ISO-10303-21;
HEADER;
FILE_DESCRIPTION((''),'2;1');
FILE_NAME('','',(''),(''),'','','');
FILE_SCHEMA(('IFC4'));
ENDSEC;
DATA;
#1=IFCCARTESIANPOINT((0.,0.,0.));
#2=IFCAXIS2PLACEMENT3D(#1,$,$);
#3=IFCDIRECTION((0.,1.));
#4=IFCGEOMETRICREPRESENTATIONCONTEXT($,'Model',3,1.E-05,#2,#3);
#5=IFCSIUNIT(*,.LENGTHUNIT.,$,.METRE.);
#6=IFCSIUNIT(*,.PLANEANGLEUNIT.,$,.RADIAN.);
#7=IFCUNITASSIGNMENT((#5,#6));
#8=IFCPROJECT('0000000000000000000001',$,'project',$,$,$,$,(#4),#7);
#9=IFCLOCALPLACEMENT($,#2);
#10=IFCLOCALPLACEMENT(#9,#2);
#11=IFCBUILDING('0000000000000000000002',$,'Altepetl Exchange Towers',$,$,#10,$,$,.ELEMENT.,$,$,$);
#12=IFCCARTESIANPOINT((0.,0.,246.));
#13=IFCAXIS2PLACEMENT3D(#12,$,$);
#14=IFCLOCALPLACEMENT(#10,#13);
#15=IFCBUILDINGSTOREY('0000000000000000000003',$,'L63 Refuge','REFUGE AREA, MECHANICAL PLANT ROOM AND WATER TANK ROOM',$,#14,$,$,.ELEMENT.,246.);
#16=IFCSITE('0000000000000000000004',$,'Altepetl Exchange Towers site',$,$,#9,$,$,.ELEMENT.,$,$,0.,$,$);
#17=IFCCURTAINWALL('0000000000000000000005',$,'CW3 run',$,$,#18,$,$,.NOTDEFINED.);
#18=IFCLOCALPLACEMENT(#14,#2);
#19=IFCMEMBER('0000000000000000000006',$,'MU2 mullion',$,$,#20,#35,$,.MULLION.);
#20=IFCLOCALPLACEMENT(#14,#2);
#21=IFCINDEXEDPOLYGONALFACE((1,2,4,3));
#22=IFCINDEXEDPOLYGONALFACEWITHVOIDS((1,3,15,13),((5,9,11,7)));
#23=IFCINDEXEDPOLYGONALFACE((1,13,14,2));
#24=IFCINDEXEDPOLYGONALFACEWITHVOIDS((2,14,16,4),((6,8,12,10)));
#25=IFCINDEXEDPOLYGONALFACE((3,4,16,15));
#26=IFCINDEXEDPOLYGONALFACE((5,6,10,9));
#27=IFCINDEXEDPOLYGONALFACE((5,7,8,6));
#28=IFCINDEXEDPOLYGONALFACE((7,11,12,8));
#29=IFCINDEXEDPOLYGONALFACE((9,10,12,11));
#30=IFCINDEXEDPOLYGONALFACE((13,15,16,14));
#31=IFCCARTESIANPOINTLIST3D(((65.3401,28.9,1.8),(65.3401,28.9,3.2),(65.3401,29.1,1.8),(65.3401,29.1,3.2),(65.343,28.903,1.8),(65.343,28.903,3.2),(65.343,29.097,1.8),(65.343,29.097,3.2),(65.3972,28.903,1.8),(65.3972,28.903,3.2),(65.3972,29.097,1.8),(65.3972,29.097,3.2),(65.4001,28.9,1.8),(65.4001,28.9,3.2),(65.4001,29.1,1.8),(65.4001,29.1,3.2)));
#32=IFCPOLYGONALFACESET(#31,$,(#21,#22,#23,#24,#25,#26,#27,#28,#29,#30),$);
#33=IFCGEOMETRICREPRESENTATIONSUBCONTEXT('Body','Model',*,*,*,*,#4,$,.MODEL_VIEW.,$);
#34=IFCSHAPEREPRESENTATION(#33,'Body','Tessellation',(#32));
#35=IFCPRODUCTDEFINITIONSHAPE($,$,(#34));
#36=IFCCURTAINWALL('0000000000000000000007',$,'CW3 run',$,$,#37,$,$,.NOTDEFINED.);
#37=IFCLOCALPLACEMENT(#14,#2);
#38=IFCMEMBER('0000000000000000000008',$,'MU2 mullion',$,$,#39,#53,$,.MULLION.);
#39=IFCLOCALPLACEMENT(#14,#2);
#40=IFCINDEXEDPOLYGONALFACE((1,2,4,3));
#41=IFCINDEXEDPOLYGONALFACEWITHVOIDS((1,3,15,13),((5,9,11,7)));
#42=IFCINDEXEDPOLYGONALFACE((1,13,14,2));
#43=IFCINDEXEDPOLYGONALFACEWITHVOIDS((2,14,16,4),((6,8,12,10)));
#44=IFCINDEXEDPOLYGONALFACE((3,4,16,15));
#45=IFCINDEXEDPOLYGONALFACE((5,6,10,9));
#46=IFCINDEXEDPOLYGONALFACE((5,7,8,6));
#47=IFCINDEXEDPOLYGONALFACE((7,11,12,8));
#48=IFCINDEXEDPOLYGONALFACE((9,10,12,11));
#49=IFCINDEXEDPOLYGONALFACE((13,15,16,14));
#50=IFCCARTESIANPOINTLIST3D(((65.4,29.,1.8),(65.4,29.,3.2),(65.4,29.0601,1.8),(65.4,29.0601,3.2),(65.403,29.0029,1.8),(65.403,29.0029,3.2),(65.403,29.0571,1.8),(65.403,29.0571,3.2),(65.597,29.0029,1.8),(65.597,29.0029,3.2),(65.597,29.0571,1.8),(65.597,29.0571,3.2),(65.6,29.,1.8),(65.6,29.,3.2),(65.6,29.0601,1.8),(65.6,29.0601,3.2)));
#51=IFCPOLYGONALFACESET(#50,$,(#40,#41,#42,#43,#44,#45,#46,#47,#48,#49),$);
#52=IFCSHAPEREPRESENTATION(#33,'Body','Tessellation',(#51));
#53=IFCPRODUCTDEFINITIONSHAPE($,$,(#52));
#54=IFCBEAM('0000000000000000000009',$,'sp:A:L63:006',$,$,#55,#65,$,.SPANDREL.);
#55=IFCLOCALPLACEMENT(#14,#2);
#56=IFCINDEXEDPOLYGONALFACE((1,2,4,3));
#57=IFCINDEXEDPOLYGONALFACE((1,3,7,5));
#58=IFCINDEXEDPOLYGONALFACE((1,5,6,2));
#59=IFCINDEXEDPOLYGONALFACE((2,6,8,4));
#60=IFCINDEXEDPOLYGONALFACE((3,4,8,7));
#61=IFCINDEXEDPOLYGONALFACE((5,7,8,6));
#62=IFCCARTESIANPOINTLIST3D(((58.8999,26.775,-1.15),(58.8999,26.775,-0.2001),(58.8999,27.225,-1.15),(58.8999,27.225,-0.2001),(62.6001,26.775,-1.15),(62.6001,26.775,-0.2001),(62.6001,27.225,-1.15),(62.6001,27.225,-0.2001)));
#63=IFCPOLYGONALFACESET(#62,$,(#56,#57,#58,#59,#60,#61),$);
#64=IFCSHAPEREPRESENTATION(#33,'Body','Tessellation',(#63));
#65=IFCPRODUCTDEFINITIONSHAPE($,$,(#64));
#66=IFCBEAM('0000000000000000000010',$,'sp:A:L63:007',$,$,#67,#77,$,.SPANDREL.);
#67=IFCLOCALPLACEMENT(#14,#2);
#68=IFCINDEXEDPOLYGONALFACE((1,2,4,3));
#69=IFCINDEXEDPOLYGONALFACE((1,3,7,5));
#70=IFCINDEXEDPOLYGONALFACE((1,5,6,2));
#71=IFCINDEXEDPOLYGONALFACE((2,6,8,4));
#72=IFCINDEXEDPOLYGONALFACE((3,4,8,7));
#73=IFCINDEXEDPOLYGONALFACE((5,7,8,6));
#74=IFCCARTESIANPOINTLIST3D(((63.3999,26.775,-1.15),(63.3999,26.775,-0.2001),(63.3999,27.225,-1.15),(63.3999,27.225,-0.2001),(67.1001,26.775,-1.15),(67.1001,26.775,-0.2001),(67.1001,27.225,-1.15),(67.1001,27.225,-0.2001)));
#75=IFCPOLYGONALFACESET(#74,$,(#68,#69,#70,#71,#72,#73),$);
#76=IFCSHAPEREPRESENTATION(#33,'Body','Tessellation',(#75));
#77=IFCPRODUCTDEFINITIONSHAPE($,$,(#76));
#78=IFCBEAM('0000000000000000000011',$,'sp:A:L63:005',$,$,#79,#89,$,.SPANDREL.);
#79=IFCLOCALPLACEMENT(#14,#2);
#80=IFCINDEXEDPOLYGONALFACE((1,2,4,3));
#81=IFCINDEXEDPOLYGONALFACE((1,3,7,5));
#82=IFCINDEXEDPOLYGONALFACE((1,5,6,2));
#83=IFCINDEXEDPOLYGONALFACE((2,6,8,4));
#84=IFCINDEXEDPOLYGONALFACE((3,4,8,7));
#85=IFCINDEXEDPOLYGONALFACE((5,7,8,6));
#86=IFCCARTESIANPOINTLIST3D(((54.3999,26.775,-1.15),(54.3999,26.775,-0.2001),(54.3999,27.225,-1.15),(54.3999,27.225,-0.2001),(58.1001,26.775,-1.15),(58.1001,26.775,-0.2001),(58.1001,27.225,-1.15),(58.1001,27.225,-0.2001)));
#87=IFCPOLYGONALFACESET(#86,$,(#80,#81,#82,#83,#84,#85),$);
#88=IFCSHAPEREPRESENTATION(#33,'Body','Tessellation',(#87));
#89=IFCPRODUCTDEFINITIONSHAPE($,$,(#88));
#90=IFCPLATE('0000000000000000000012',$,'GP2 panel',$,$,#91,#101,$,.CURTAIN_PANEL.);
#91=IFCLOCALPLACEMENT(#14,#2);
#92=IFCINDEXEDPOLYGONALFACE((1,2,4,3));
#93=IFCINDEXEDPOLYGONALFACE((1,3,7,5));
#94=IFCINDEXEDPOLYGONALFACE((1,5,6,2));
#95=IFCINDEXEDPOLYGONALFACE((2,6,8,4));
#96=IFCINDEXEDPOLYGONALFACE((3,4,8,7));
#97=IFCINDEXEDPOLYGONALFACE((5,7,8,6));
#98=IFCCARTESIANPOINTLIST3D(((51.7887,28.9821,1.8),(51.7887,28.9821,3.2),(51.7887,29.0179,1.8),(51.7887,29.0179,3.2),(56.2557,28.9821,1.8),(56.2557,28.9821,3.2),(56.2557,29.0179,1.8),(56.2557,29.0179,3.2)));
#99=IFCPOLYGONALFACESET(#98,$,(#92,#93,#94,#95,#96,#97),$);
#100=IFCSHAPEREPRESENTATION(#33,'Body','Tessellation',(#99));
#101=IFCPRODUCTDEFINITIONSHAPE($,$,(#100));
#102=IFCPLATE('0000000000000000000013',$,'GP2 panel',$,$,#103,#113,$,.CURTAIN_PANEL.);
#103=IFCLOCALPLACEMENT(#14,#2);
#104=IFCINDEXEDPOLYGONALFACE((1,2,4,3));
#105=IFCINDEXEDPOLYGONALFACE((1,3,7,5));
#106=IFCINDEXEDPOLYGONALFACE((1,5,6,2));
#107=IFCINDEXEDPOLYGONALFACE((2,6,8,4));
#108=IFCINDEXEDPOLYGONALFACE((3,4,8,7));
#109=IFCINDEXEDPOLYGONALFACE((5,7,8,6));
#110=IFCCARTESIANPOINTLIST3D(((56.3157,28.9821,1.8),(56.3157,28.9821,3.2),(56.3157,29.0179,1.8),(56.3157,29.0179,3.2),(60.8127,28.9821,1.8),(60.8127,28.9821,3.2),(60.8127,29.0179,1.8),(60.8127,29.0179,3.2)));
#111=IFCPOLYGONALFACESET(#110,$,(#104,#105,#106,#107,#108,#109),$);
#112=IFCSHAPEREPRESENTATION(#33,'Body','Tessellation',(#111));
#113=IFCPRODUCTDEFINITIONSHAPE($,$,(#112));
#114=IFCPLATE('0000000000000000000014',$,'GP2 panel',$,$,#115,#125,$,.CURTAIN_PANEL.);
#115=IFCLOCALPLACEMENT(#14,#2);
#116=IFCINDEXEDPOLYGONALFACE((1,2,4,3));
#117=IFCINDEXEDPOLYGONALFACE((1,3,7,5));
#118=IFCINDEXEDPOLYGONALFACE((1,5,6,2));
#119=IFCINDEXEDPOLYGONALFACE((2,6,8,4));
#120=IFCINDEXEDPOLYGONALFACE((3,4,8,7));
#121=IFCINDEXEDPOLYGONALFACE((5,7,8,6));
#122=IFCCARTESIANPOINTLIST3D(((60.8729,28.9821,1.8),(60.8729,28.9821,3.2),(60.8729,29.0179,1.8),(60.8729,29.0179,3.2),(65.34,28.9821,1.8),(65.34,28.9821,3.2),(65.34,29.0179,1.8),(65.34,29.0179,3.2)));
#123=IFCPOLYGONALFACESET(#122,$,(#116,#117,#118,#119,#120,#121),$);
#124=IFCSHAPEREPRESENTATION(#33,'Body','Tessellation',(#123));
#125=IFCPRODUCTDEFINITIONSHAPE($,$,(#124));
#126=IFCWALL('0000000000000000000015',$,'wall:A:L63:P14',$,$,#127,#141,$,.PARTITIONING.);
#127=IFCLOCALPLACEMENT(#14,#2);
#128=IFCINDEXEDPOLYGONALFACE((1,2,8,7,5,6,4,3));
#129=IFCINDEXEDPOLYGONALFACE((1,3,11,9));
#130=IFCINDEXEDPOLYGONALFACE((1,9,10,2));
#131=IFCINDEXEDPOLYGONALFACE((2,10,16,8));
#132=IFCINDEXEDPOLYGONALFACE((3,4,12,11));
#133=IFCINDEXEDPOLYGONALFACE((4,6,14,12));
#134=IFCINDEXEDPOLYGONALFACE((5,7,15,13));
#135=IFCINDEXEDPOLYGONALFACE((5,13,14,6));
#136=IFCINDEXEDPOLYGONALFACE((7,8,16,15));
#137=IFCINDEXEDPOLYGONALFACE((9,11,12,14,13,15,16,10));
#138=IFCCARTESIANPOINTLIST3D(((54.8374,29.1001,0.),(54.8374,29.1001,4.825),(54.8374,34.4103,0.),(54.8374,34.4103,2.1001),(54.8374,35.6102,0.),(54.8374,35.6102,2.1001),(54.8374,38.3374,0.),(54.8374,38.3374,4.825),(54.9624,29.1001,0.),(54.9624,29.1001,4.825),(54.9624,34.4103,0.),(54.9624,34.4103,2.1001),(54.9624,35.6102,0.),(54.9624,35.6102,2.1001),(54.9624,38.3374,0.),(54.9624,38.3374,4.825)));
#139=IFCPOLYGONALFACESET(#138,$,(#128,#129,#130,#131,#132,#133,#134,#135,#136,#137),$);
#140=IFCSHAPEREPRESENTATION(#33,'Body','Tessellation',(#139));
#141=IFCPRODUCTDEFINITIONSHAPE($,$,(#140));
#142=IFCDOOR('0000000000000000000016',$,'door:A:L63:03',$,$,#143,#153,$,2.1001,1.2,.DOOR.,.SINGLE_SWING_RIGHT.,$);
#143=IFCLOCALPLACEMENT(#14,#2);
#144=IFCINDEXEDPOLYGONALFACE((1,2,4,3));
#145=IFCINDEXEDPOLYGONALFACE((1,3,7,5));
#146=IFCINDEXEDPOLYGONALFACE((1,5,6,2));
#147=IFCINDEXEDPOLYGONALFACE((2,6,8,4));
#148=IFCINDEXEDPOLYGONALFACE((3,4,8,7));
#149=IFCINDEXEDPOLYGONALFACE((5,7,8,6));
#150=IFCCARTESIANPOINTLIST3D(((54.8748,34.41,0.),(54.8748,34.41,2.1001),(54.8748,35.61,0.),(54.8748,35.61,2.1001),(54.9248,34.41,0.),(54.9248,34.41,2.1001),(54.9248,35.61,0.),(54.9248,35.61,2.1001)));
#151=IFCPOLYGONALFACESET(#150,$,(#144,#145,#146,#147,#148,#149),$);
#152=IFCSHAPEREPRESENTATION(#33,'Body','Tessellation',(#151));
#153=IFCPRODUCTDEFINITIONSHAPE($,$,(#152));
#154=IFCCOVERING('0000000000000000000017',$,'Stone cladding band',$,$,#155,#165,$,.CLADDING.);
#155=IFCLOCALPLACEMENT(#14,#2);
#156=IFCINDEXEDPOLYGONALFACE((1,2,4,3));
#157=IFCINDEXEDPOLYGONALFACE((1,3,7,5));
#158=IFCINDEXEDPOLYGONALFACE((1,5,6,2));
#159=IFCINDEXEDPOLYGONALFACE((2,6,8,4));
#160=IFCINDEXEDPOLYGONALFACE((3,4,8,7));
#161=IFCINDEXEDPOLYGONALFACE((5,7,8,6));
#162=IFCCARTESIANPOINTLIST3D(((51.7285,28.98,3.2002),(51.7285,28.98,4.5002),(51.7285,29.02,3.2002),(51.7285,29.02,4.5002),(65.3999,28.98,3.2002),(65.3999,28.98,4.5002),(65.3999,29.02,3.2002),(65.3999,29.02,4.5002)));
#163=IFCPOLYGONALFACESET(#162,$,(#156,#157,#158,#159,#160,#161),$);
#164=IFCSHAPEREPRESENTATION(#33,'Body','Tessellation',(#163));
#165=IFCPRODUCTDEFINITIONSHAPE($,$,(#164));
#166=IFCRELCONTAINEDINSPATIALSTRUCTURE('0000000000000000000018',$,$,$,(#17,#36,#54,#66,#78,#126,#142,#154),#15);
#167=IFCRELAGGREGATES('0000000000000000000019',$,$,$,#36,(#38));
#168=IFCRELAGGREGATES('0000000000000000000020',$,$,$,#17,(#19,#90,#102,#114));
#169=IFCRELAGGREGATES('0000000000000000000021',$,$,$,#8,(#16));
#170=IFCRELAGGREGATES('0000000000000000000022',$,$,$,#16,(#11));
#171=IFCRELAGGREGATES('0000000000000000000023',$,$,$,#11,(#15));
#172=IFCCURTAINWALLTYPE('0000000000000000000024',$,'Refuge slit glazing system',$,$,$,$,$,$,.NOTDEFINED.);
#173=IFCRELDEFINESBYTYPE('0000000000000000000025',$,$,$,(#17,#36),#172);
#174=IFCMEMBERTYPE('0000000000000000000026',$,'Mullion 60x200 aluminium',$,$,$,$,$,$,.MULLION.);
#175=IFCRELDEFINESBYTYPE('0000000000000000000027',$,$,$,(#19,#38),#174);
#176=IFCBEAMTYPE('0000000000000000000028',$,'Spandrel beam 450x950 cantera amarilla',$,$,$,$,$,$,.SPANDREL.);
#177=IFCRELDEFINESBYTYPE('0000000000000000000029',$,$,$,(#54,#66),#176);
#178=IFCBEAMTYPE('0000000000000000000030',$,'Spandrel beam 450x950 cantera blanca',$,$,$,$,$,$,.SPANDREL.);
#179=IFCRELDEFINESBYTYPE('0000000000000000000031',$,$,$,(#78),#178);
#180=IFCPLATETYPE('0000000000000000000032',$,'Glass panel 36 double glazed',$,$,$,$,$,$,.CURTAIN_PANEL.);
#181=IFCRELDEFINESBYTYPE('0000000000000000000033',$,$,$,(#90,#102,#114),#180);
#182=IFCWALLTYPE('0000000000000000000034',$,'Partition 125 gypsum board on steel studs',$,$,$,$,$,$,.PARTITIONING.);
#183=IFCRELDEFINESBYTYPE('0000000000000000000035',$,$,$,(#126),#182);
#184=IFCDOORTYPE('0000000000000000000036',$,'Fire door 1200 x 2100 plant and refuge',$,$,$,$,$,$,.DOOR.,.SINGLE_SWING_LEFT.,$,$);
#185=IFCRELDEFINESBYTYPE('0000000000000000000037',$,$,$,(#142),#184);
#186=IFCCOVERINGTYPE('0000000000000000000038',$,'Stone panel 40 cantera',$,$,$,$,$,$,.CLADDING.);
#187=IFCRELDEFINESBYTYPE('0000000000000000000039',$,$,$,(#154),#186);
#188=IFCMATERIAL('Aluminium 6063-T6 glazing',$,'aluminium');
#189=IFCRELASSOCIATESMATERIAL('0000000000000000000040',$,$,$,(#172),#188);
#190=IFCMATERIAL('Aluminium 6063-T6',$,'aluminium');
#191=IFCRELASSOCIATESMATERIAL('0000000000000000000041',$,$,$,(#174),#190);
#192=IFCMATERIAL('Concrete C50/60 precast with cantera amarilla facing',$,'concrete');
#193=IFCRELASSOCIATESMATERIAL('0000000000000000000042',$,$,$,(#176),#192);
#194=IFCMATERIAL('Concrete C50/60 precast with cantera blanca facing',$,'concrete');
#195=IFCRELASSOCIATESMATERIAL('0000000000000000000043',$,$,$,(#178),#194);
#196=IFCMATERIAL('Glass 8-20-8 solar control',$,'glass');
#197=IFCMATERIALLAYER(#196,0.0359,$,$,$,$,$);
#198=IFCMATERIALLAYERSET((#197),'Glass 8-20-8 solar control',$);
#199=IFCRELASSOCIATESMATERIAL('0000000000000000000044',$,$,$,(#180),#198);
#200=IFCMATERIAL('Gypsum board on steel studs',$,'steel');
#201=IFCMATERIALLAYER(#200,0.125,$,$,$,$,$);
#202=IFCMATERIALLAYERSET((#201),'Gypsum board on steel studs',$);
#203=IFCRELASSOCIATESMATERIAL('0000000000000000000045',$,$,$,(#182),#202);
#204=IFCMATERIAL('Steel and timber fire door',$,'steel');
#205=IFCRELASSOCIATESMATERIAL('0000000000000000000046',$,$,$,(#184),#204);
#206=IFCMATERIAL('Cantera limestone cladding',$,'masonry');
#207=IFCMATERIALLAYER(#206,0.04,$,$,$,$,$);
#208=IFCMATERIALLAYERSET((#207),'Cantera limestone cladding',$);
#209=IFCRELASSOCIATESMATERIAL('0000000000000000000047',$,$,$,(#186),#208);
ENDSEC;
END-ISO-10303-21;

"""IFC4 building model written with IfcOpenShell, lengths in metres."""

from ifc_helpers import new_model, si_unit, direction, frame, frame_2d, origin, origin_2d, place, context, subcontext, project, spatial, rectangle, hollow_rectangle, extrude, material, layer, layer_set, material_profile, profile_set, type_object, element, fill, aggregate, save


model = new_model("IFC4")

# Units and contexts
model_context = context("Model", 3, precision=1e-05, world=origin(), true_north=direction((0.0, 1.0)))
body_context = subcontext(model_context, "Body", "Model", "MODEL_VIEW")
ifc_project = project(units=[si_unit("LENGTHUNIT", "METRE"), si_unit("PLANEANGLEUNIT", "RADIAN")], contexts=[model_context])

# Site, building, storey
site_placement = place(None, origin())
site = spatial("IfcSite", under=ifc_project, at=site_placement, Name="Altepetl Exchange Towers site", CompositionType="ELEMENT", RefElevation=0.0)
building_placement = place(site_placement, origin())
building = spatial("IfcBuilding", under=site, at=building_placement, Name="Altepetl Exchange Towers", CompositionType="ELEMENT")
storey_placement = place(building_placement, frame((0.0, 0.0, 246.0)))
storey = spatial("IfcBuildingStorey", under=building, at=storey_placement, Name="L63 Refuge", Description="REFUGE AREA, MECHANICAL PLANT ROOM AND WATER TANK ROOM", CompositionType="ELEMENT", Elevation=246.0)

# Curtain wall, member
ifc_material_1 = material(Name="Aluminium 6063-T6 glazing", Category="aluminium")
curtain_wall_type = type_object("IfcCurtainWallType", Name="Refuge slit glazing system", PredefinedType="NOTDEFINED", material=ifc_material_1)
curtain_wall_1_placement = place(storey_placement, origin())
curtain_wall_1 = element("IfcCurtainWall", 1, at=curtain_wall_1_placement, inside=storey, type_object=curtain_wall_type, Name="CW3 run", PredefinedType="NOTDEFINED")
ifc_material_2 = material(Name="Aluminium 6063-T6", Category="aluminium")
ifc_material_profile_1 = material_profile(ifc_material_2, hollow_rectangle(XDim=0.0601, YDim=0.2, WallThickness=0.0029, at=origin_2d()), Name="Mullion 60x200 aluminium")
ifc_profile_set_1 = profile_set([ifc_material_profile_1], Name="Aluminium 6063-T6")
member_type_1 = type_object("IfcMemberType", Name="Mullion 60x200 aluminium", PredefinedType="MULLION", material=ifc_profile_set_1)
member_1_placement = place(storey_placement, frame((65.3701, 29.0, 1.8)))
member_1 = element("IfcMember", 2, at=member_1_placement, type_object=member_type_1, Name="MU2 mullion", PredefinedType="MULLION", context=body_context, shape_type="SweptSolid", body=[
    extrude(hollow_rectangle(XDim=0.0601, YDim=0.2, WallThickness=0.0029, at=origin_2d()), origin(), (0.0, 0.0, 1.0), 1.3999),
])

# Curtain wall, member
curtain_wall_2_placement = place(storey_placement, origin())
curtain_wall_2 = element("IfcCurtainWall", 3, at=curtain_wall_2_placement, inside=storey, type_object=curtain_wall_type, Name="CW3 run", PredefinedType="NOTDEFINED")
member_2_placement = place(storey_placement, frame((65.5, 29.03, 1.8), z_axis=(0.0, 0.0, 1.0), x_axis=(0.0, 1.0, 0.0)))
member_2 = element("IfcMember", 4, at=member_2_placement, type_object=member_type_1, Name="MU2 mullion", PredefinedType="MULLION", context=body_context, shape_type="SweptSolid", body=[
    extrude(hollow_rectangle(XDim=0.0601, YDim=0.2, WallThickness=0.0029, at=origin_2d()), origin(), (0.0, 0.0, 1.0), 1.3999),
])
aggregate(curtain_wall_2, [member_2])

# Beams
ifc_material_3 = material(Name="Concrete C50/60 precast with cantera amarilla facing", Category="concrete")
ifc_material_profile_2 = material_profile(ifc_material_3, rectangle(XDim=0.45, YDim=0.95, at=origin_2d()), Name="450 x 950")
ifc_profile_set_2 = profile_set([ifc_material_profile_2], Name="Concrete C50/60 precast with cantera amarilla facing")
beam_type_1 = type_object("IfcBeamType", Name="Spandrel beam 450x950 cantera amarilla", PredefinedType="SPANDREL", material=ifc_profile_set_2)
for number, where, z_axis, x_axis, name in (
    (5, (58.8999, 27.0, -0.675), (1.0, 0.0, 0.0), (0.0, 1.0, 0.0), "sp:A:L63:006"),
    (6, (63.3999, 27.0, -0.675), (1.0, 0.0, 0.0), (0.0, 1.0, 0.0), "sp:A:L63:007"),
):
    element("IfcBeam", number, at=place(storey_placement, frame(where, z_axis=z_axis, x_axis=x_axis)), inside=storey, type_object=beam_type_1, Name=name, PredefinedType="SPANDREL", context=body_context, shape_type="SweptSolid", body=[
        extrude(rectangle(XDim=0.45, YDim=0.95, at=origin_2d()), origin(), (0.0, 0.0, 1.0), 3.7002),
    ])
ifc_material_4 = material(Name="Concrete C50/60 precast with cantera blanca facing", Category="concrete")
ifc_material_profile_3 = material_profile(ifc_material_4, rectangle(XDim=0.45, YDim=0.95, at=origin_2d()), Name="450 x 950")
ifc_profile_set_3 = profile_set([ifc_material_profile_3], Name="Concrete C50/60 precast with cantera blanca facing")
beam_type_2 = type_object("IfcBeamType", Name="Spandrel beam 450x950 cantera blanca", PredefinedType="SPANDREL", material=ifc_profile_set_3)
beam_1_placement = place(storey_placement, frame((54.3999, 27.0, -0.675), z_axis=(1.0, 0.0, 0.0), x_axis=(0.0, 1.0, 0.0)))
element("IfcBeam", 7, at=beam_1_placement, inside=storey, type_object=beam_type_2, Name="sp:A:L63:005", PredefinedType="SPANDREL", context=body_context, shape_type="SweptSolid", body=[
    extrude(rectangle(XDim=0.45, YDim=0.95, at=origin_2d()), origin(), (0.0, 0.0, 1.0), 3.7002),
])

# Plates
ifc_material_5 = material(Name="Glass 8-20-8 solar control", Category="glass")
ifc_layer_1 = layer(ifc_material_5, 0.0359)
ifc_layer_set_1 = layer_set([ifc_layer_1], Name="Glass 8-20-8 solar control")
plate_type = type_object("IfcPlateType", Name="Glass panel 36 double glazed", PredefinedType="CURTAIN_PANEL", material=ifc_layer_set_1)
plate_1_placement = place(storey_placement, frame((54.0222, 29.0, 1.8)))
plate_1 = element("IfcPlate", 8, at=plate_1_placement, type_object=plate_type, Name="GP2 panel", PredefinedType="CURTAIN_PANEL", context=body_context, shape_type="SweptSolid", body=[
    extrude(rectangle(XDim=4.467, YDim=0.0359, at=origin_2d()), origin(), (0.0, 0.0, 1.0), 1.3999),
])
plate_2_placement = place(storey_placement, frame((58.5642, 29.0, 1.8)))
plate_2 = element("IfcPlate", 9, at=plate_2_placement, type_object=plate_type, Name="GP2 panel", PredefinedType="CURTAIN_PANEL", context=body_context, shape_type="SweptSolid", body=[
    extrude(rectangle(XDim=4.4971, YDim=0.0359, at=origin_2d()), origin(), (0.0, 0.0, 1.0), 1.3999),
])
plate_3_placement = place(storey_placement, frame((63.1064, 29.0, 1.8)))
plate_3 = element("IfcPlate", 10, at=plate_3_placement, type_object=plate_type, Name="GP2 panel", PredefinedType="CURTAIN_PANEL", context=body_context, shape_type="SweptSolid", body=[
    extrude(rectangle(XDim=4.467, YDim=0.0359, at=origin_2d()), origin(), (0.0, 0.0, 1.0), 1.3999),
])
aggregate(curtain_wall_1, [member_1, plate_1, plate_2, plate_3])

# Wall, opening, door
ifc_material_6 = material(Name="Gypsum board on steel studs", Category="steel")
ifc_layer_2 = layer(ifc_material_6, 0.125)
ifc_layer_set_2 = layer_set([ifc_layer_2], Name="Gypsum board on steel studs")
wall_type = type_object("IfcWallType", Name="Partition 125 gypsum board on steel studs", PredefinedType="PARTITIONING", material=ifc_layer_set_2)
wall_placement = place(storey_placement, frame((54.8999, 29.1001, 0.0), z_axis=(0.0, 0.0, 1.0), x_axis=(0.0, 1.0, 0.0)))
wall = element("IfcWall", 11, at=wall_placement, inside=storey, type_object=wall_type, Name="wall:A:L63:P14", PredefinedType="PARTITIONING", context=body_context, shape_type="SweptSolid", body=[
    extrude(rectangle(XDim=9.2373, YDim=0.125, at=frame_2d((4.6187, 0.0))), origin(), (0.0, 0.0, 1.0), 4.825),
])
opening_placement = place(wall_placement, frame((5.3101, 0.0, 0.0)))
opening = element("IfcOpeningElement", 12, at=opening_placement, cuts=wall, PredefinedType="OPENING", context=body_context, shape_type="SweptSolid", body=[
    extrude(rectangle(XDim=1.2, YDim=2.1001, at=frame_2d((0.6001, 1.05))), frame((0.0, 0.0725, 0.0), z_axis=(0.0, -1.0, 0.0), x_axis=(1.0, 0.0, 0.0)), (0.0, 0.0, 1.0), 0.145),
])
ifc_material_7 = material(Name="Steel and timber fire door", Category="steel")
door_type = type_object("IfcDoorType", Name="Fire door 1200 x 2100 plant and refuge", OperationType="SINGLE_SWING_LEFT", PredefinedType="DOOR", material=ifc_material_7)
door_placement = place(opening_placement, frame((1.2, 0.0, 0.0), x_axis=(-1.0, 0.0, 0.0)))
door = element("IfcDoor", 13, at=door_placement, inside=storey, type_object=door_type, Name="door:A:L63:03", OperationType="SINGLE_SWING_RIGHT", OverallHeight=2.1001, OverallWidth=1.2, PredefinedType="DOOR", context=body_context, shape_type="SweptSolid", body=[
    extrude(rectangle(XDim=1.2, YDim=2.1001, at=frame_2d((0.6001, 1.05))), frame((0.0, 0.0249, 0.0), z_axis=(0.0, -1.0, 0.0), x_axis=(1.0, 0.0, 0.0)), (0.0, 0.0, 1.0), 0.05),
])
fill(opening, door)

# Covering
ifc_material_8 = material(Name="Cantera limestone cladding", Category="masonry")
ifc_layer_3 = layer(ifc_material_8, 0.04)
ifc_layer_set_3 = layer_set([ifc_layer_3], Name="Cantera limestone cladding")
covering_type = type_object("IfcCoveringType", Name="Stone panel 40 cantera", PredefinedType="CLADDING", material=ifc_layer_set_3)
covering_placement = place(storey_placement, frame((58.5642, 29.0, 3.2002)))
element("IfcCovering", 14, at=covering_placement, inside=storey, type_object=covering_type, Name="Stone cladding band", PredefinedType="CLADDING", context=body_context, shape_type="SweptSolid", body=[
    extrude(rectangle(XDim=13.6714, YDim=0.04, at=origin_2d()), origin(), (0.0, 0.0, 1.0), 1.3),
])

save(model, "model.ifc")
